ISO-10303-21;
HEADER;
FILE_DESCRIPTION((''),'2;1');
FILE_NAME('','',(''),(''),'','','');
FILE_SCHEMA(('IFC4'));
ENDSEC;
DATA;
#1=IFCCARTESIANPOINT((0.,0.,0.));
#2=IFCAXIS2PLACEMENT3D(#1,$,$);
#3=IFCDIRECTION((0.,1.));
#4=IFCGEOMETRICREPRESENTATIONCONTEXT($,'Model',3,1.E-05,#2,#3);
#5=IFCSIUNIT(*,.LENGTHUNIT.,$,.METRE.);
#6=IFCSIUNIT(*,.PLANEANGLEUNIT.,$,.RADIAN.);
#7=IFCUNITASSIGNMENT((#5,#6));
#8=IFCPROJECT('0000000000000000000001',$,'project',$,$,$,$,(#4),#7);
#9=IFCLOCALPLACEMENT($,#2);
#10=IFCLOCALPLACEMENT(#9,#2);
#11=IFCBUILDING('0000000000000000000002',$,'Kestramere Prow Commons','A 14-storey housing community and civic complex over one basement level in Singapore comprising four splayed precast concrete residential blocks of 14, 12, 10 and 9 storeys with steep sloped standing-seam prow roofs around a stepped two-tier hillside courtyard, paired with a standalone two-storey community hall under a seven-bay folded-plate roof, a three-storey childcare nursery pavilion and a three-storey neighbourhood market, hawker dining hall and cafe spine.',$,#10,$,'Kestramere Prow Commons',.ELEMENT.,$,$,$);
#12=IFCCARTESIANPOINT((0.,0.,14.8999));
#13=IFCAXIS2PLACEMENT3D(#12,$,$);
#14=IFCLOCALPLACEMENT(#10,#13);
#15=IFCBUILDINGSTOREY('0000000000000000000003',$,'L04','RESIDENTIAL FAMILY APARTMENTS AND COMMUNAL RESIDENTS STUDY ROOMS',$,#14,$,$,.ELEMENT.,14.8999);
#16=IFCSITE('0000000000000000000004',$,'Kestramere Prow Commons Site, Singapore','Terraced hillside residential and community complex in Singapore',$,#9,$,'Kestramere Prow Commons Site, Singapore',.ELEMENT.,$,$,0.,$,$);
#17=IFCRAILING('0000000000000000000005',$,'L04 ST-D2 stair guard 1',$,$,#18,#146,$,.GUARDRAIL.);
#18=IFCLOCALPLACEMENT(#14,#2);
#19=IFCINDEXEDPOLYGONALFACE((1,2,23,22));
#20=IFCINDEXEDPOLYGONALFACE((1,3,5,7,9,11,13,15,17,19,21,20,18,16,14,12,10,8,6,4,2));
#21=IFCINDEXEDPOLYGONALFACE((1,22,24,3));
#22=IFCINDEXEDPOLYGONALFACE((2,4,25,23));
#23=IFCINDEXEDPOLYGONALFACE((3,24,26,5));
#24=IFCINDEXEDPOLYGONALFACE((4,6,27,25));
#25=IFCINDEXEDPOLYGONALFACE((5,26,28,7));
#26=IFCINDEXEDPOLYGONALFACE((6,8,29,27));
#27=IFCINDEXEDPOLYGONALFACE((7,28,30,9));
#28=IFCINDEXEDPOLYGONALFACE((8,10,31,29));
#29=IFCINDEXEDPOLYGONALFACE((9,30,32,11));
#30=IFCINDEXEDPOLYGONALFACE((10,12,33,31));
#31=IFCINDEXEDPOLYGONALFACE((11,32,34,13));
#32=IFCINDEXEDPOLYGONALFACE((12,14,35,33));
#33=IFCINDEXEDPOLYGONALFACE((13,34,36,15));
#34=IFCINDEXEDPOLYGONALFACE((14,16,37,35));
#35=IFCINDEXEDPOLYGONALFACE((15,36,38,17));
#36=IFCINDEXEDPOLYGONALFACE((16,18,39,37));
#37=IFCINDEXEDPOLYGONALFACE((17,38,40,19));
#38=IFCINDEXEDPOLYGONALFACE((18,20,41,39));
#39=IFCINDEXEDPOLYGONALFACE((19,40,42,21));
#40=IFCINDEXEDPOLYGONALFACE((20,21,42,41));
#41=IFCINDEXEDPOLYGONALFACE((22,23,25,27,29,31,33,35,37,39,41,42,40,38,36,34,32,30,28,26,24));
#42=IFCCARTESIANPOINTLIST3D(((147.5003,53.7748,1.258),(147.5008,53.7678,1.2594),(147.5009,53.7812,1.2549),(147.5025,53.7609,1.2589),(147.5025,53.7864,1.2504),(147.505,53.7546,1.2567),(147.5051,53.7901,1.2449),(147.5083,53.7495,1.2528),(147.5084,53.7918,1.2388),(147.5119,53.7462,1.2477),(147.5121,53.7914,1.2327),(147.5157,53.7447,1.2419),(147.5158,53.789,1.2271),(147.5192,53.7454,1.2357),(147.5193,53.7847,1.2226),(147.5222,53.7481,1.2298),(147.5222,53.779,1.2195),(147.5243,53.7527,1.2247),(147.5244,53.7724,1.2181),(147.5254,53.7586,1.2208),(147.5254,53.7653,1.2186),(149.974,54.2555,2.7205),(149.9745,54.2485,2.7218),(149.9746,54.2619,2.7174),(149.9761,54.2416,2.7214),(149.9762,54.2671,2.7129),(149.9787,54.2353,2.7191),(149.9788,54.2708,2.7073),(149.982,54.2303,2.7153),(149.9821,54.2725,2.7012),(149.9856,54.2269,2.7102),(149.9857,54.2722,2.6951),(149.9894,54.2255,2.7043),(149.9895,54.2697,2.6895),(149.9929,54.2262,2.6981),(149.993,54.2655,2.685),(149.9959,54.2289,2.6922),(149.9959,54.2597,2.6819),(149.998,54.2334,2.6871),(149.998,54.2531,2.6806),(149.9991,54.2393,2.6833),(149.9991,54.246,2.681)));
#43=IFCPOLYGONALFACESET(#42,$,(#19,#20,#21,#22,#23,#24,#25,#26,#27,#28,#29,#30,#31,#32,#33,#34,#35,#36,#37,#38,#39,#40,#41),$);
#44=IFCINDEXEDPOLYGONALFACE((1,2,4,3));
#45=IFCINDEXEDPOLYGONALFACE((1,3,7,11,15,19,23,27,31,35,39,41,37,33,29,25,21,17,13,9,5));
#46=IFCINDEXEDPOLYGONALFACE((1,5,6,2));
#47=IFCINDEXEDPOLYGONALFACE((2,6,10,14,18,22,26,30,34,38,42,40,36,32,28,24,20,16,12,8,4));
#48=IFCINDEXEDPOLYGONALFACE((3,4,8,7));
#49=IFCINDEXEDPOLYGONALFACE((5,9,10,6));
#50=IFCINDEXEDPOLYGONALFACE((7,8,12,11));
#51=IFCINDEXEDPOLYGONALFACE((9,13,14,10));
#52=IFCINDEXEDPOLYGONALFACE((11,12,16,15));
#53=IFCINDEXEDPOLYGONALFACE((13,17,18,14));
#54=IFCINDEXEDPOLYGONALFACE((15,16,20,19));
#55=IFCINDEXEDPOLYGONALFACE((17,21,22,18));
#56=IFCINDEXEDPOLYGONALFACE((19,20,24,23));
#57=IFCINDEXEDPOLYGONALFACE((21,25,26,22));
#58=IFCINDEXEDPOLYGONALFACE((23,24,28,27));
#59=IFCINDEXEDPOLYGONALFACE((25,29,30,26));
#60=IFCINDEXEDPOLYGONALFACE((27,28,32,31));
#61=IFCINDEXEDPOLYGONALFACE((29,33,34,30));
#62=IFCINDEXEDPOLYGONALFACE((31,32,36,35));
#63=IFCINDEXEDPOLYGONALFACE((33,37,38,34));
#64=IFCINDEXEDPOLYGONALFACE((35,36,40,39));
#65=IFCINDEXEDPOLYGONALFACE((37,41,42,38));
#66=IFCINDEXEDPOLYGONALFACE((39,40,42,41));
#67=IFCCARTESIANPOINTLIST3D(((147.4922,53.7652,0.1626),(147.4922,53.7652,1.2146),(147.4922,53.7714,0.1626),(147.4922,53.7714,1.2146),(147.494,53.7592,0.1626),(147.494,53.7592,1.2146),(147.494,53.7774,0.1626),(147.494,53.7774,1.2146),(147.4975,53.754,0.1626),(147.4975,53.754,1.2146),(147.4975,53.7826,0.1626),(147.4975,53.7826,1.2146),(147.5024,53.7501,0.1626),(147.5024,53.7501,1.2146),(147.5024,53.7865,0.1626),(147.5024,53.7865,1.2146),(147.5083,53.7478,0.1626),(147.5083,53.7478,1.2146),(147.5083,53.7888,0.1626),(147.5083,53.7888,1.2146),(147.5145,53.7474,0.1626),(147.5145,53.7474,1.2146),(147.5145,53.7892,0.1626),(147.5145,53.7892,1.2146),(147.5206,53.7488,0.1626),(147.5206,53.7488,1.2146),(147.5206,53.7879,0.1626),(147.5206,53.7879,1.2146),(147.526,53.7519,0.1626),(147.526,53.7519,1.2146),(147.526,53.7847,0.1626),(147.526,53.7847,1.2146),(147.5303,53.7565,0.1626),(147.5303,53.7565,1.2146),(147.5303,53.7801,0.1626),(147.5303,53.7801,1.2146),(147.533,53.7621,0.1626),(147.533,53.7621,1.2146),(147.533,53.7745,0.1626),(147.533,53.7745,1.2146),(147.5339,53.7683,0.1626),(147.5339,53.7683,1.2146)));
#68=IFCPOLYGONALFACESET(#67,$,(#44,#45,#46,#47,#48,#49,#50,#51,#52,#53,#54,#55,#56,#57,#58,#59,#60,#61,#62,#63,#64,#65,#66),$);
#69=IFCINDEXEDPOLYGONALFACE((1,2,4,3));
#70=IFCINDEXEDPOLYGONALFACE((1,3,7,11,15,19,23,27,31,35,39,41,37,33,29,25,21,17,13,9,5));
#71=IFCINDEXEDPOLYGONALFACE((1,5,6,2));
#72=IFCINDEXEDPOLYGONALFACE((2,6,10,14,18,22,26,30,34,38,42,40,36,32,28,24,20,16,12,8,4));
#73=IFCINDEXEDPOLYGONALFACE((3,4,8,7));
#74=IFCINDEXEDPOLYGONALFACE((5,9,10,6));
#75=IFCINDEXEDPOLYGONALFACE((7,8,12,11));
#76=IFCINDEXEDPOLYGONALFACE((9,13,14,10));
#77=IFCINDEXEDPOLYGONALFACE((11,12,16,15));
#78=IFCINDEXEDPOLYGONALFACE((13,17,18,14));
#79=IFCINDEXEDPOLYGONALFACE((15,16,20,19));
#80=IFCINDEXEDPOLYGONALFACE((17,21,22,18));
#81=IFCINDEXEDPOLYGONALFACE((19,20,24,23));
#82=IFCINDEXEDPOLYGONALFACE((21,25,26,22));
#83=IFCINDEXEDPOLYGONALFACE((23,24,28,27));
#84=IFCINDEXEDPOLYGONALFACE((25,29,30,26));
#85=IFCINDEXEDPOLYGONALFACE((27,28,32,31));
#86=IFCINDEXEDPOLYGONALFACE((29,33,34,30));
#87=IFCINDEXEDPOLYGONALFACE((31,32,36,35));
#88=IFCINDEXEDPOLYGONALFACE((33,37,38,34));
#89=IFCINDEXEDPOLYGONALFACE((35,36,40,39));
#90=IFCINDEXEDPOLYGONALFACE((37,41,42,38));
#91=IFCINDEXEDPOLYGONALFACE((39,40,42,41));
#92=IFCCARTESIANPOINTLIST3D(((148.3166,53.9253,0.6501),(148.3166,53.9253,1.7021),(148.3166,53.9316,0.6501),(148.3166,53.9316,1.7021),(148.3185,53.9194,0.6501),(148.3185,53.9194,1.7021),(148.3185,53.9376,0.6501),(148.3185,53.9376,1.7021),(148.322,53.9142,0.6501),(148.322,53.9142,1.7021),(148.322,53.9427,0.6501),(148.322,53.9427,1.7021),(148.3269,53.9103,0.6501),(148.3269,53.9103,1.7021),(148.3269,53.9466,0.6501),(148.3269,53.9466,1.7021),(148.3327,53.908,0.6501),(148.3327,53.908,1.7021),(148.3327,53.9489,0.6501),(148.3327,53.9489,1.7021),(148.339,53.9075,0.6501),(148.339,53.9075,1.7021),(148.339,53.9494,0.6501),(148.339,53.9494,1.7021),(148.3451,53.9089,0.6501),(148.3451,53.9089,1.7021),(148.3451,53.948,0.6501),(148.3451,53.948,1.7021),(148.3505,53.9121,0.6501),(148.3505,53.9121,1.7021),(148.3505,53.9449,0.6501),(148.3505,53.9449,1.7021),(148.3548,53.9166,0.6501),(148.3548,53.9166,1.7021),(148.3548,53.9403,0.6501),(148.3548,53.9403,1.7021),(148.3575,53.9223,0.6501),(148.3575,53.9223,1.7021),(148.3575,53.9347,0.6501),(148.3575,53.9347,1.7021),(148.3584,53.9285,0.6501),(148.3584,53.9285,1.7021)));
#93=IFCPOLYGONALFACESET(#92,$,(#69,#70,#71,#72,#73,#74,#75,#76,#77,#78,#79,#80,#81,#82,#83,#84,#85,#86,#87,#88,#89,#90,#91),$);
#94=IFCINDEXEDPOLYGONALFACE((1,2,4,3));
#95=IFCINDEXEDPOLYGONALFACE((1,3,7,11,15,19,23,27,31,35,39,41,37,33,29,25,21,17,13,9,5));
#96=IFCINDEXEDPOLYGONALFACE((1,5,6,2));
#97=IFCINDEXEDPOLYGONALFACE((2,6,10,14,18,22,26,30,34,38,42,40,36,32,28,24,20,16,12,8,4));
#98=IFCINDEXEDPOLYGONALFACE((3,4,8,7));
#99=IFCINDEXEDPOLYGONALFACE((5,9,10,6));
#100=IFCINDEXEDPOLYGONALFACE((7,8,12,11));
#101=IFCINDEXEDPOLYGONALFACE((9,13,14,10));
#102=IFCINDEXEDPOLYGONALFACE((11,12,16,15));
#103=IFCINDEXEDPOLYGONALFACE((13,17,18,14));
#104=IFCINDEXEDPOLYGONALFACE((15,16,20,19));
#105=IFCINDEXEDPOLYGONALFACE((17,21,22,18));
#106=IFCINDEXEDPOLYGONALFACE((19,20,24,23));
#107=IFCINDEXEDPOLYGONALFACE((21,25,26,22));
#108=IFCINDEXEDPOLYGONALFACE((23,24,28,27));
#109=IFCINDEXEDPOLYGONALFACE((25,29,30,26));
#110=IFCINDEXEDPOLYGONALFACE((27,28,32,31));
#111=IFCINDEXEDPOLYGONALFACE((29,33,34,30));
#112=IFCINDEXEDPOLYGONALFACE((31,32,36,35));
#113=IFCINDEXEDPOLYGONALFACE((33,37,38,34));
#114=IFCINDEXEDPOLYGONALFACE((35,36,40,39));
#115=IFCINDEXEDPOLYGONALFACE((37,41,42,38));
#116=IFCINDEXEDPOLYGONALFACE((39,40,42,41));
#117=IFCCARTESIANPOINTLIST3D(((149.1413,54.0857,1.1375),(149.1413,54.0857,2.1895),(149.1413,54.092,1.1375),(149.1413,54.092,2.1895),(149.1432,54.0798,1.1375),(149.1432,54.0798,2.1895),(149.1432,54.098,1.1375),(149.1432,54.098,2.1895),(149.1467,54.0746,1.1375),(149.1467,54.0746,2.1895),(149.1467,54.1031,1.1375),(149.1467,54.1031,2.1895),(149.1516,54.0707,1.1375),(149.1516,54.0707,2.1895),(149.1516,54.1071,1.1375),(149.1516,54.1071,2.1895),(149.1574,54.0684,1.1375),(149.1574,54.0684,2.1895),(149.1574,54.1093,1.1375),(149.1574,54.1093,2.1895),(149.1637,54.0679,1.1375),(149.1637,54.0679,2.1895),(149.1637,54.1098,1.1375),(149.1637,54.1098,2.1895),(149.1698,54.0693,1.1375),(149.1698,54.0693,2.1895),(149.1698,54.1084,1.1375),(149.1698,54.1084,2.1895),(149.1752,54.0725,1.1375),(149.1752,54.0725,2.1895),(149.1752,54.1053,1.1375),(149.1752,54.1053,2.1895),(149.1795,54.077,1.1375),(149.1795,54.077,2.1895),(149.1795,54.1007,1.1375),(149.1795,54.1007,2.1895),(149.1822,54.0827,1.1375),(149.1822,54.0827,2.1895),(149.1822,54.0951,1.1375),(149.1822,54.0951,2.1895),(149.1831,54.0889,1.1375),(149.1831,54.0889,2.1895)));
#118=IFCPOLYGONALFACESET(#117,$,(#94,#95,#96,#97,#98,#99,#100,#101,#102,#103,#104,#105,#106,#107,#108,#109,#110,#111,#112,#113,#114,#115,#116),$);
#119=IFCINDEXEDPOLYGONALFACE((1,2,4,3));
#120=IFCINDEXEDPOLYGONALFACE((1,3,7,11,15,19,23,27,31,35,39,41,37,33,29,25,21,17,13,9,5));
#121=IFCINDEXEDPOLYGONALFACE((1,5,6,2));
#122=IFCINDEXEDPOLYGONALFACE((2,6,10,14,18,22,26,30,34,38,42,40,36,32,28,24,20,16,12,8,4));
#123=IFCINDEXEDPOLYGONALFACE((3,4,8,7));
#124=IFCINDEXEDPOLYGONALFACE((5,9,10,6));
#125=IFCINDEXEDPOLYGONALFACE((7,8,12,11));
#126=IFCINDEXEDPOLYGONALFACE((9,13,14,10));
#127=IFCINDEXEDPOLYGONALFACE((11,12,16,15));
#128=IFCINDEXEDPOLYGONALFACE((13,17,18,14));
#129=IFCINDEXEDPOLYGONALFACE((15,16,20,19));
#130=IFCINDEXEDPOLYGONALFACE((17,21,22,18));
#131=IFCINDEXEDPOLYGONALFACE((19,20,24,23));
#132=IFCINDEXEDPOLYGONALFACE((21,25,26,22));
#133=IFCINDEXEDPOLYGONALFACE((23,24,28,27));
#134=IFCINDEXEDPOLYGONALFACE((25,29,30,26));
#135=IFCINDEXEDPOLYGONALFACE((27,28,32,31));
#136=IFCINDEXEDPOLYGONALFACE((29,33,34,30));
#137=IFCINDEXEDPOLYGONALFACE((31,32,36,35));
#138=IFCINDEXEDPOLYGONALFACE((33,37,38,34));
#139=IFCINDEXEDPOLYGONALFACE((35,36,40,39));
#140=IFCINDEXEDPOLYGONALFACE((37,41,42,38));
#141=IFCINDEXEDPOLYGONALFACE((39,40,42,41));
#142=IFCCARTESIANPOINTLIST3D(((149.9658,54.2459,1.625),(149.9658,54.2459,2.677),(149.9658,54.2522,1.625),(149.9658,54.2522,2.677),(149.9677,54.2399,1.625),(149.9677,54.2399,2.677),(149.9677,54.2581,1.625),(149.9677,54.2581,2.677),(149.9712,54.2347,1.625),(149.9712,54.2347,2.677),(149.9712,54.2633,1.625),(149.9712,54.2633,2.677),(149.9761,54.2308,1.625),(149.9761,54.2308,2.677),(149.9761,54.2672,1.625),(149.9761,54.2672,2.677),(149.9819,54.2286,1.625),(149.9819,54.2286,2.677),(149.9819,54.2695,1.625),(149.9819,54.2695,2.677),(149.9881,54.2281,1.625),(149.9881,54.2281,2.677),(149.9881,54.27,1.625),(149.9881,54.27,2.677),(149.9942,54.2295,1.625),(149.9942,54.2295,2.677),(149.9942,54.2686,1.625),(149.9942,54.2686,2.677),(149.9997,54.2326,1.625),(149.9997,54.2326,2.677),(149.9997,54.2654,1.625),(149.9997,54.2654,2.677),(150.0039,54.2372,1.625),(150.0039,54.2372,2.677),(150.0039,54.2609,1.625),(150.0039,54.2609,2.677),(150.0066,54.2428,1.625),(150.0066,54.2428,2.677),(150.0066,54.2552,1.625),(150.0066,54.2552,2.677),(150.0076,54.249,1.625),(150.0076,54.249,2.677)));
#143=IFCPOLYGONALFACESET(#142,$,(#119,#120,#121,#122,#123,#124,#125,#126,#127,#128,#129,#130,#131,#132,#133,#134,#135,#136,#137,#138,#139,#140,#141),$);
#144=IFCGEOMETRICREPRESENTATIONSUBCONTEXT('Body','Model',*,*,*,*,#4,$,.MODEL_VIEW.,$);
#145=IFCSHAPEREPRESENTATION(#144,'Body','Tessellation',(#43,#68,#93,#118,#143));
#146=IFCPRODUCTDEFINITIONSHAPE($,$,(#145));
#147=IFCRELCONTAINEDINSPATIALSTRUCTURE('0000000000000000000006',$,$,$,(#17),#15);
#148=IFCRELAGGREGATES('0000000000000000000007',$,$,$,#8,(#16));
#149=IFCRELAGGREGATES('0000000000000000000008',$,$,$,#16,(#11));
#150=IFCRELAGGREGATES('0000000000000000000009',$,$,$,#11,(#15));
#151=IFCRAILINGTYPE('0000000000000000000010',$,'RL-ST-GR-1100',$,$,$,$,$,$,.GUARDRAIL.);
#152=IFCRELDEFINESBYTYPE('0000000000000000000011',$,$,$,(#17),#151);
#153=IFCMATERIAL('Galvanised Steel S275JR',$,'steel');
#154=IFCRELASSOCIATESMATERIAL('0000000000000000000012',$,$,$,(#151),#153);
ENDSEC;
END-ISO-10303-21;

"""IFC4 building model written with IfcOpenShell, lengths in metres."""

from ifc_helpers import new_model, si_unit, direction, frame, origin, origin_2d, place, context, subcontext, project, spatial, circle, extrude, material, type_object, element, save


model = new_model("IFC4")

# Units and contexts
model_context = context("Model", 3, precision=1e-05, world=origin(), true_north=direction((0.0, 1.0)))
body_context = subcontext(model_context, "Body", "Model", "MODEL_VIEW")
ifc_project = project(units=[si_unit("LENGTHUNIT", "METRE"), si_unit("PLANEANGLEUNIT", "RADIAN")], contexts=[model_context])

# Site, building, storey
site_placement = place(None, origin())
site = spatial("IfcSite", under=ifc_project, at=site_placement, Name="Kestramere Prow Commons Site, Singapore", Description="Terraced hillside residential and community complex in Singapore", LongName="Kestramere Prow Commons Site, Singapore", CompositionType="ELEMENT", RefElevation=0.0)
building_placement = place(site_placement, origin())
building = spatial("IfcBuilding", under=site, at=building_placement, Name="Kestramere Prow Commons", Description="A 14-storey housing community and civic complex over one basement level in Singapore comprising four splayed precast concrete residential blocks of 14, 12, 10 and 9 storeys with steep sloped standing-seam prow roofs around a stepped two-tier hillside courtyard, paired with a standalone two-storey community hall under a seven-bay folded-plate roof, a three-storey childcare nursery pavilion and a three-storey neighbourhood market, hawker dining hall and cafe spine.", LongName="Kestramere Prow Commons", CompositionType="ELEMENT")
storey_placement = place(building_placement, frame((0.0, 0.0, 14.8999)))
storey = spatial("IfcBuildingStorey", under=building, at=storey_placement, Name="L04", Description="RESIDENTIAL FAMILY APARTMENTS AND COMMUNAL RESIDENTS STUDY ROOMS", CompositionType="ELEMENT", Elevation=14.8999)

# Railing
ifc_material_1 = material(Name="Galvanised Steel S275JR", Category="steel")
railing_type_1 = type_object("IfcRailingType", Name="RL-ST-GR-1100", PredefinedType="GUARDRAIL", material=ifc_material_1)
railing_1_placement = place(storey_placement, frame((147.5129, 53.7683, 0.1626)))
element("IfcRailing", 1, at=railing_1_placement, inside=storey, type_object=railing_type_1, Name="L04 ST-D2 stair guard 1", PredefinedType="GUARDRAIL", context=body_context, shape_type="SweptSolid", body=[
    extrude(circle(Radius=0.0239, at=origin_2d()), frame((0.0, 0.0, 1.0762), z_axis=(0.84902, 0.164994, 0.501938), x_axis=(-0.190766, 0.981636, 0.0)), (0.0, 0.0, 1.0), 2.9136),
    extrude(circle(Radius=0.021, at=origin_2d()), origin(), (0.0, 0.0, 1.0), 1.052),
    extrude(circle(Radius=0.021, at=origin_2d()), frame((0.8245, 0.1602, 0.4875)), (0.0, 0.0, 1.0), 1.052),
    extrude(circle(Radius=0.021, at=origin_2d()), frame((1.6492, 0.3206, 0.9749)), (0.0, 0.0, 1.0), 1.052),
    extrude(circle(Radius=0.021, at=origin_2d()), frame((2.4736, 0.4807, 1.4624)), (0.0, 0.0, 1.0), 1.052),
])

save(model, "model.ifc")
